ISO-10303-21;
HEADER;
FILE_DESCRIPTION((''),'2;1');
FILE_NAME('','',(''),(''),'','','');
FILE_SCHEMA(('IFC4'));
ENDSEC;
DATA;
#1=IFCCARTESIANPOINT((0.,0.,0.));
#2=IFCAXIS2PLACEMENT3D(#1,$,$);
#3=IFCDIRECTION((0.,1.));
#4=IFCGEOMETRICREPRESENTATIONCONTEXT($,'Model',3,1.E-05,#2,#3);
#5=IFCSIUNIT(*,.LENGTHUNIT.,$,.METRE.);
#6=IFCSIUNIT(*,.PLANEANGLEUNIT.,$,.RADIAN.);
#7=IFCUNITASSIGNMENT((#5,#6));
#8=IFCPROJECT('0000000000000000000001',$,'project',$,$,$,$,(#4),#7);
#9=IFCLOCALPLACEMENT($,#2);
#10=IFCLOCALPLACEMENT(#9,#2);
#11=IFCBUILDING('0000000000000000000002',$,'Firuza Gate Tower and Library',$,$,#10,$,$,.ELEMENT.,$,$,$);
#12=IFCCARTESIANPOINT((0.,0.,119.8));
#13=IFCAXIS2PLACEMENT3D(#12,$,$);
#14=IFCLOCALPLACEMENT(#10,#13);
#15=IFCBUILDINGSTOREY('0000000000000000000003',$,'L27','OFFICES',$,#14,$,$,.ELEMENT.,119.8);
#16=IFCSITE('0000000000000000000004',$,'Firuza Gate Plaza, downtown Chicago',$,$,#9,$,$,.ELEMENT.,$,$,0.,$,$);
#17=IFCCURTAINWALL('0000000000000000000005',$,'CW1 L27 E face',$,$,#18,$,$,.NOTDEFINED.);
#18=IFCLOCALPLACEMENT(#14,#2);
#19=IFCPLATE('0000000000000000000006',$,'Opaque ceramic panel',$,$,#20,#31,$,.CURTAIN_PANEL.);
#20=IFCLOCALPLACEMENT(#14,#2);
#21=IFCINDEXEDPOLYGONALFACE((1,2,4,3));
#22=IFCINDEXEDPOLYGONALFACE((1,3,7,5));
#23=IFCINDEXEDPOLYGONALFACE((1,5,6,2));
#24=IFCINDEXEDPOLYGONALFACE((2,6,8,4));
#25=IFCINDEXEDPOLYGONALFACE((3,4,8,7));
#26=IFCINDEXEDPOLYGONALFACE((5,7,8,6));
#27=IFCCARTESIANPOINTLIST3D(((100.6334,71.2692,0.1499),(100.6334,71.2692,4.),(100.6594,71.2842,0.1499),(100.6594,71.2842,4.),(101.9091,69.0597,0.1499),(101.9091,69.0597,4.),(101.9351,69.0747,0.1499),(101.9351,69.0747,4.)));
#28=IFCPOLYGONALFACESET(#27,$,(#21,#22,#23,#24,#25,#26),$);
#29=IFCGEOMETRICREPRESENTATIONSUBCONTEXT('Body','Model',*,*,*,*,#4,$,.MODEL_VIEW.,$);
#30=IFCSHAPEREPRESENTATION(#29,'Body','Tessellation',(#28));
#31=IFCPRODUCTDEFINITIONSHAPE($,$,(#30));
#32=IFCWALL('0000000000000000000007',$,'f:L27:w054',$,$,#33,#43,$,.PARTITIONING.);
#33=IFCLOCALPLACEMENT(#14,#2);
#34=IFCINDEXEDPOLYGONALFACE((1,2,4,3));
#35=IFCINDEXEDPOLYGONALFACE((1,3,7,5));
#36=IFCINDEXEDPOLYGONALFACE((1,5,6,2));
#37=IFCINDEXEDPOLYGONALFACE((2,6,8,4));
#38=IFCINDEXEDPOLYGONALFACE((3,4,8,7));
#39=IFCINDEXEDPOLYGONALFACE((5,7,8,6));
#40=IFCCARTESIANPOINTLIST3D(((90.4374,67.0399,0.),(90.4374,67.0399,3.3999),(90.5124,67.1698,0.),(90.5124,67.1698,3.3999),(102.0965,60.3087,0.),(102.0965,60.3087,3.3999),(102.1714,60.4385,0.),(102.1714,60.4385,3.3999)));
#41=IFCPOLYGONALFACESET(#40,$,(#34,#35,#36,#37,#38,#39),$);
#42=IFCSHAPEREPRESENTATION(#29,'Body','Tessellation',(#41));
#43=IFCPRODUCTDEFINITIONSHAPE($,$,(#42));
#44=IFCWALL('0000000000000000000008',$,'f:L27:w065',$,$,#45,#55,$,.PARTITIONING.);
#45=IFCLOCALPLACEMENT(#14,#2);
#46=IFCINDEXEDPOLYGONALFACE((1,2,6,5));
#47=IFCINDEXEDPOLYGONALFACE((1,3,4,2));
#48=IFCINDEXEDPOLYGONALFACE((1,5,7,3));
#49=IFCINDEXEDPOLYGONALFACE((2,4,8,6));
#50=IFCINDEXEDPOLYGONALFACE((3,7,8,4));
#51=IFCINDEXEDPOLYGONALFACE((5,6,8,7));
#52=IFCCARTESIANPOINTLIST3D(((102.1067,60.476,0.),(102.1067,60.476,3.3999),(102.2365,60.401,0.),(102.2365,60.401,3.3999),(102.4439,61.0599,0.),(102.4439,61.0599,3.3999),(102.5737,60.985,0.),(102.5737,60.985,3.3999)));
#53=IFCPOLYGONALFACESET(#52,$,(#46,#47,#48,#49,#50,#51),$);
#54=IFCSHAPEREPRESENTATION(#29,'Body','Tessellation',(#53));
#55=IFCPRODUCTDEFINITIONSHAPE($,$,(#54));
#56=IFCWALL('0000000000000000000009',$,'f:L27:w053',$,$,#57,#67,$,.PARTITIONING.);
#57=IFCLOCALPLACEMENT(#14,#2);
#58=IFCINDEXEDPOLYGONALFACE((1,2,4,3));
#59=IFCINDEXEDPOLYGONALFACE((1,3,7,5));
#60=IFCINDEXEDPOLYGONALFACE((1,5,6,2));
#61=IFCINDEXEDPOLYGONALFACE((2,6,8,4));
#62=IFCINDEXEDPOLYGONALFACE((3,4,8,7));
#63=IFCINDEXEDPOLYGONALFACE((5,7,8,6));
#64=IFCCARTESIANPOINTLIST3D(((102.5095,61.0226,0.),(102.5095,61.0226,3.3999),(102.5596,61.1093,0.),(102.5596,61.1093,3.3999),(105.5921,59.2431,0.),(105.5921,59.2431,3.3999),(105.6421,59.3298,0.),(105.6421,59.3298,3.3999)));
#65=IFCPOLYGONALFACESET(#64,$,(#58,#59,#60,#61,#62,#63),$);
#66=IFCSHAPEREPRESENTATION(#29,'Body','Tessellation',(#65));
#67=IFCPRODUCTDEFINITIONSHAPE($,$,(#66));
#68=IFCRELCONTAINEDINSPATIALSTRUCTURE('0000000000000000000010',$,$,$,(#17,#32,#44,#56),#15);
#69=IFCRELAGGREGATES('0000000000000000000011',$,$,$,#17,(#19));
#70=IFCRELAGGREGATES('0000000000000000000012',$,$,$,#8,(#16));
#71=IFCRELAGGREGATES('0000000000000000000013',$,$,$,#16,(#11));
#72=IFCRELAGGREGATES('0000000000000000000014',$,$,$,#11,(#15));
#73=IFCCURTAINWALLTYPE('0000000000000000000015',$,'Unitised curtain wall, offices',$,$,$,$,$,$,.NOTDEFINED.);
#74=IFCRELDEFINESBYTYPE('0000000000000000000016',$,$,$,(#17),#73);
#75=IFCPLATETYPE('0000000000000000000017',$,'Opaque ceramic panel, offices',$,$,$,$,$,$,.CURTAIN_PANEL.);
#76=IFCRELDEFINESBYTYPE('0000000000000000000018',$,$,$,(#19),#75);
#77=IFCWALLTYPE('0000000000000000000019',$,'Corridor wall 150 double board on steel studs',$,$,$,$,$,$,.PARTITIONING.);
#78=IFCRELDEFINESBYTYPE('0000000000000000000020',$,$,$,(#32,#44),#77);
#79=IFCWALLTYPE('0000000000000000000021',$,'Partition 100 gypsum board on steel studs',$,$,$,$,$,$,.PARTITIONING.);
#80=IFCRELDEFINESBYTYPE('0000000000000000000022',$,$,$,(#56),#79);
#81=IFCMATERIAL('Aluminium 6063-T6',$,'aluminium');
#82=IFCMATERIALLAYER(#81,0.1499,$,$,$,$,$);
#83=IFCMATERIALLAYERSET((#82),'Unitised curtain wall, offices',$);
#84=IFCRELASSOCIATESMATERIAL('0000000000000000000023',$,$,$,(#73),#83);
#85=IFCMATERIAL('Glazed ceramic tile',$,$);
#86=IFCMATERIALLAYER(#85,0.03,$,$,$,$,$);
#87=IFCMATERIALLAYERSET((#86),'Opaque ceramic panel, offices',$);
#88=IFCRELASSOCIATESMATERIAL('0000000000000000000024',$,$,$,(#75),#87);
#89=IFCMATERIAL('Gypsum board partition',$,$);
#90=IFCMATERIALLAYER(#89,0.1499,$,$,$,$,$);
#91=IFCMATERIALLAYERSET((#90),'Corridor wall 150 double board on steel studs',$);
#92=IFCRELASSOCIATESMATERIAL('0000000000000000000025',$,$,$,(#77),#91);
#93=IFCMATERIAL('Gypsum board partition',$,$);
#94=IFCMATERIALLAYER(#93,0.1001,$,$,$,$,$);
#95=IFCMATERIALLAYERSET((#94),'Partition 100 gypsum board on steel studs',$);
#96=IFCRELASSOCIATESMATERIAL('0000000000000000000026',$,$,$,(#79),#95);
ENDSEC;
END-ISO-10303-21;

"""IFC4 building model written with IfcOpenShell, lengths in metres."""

from ifc_helpers import new_model, si_unit, direction, frame, frame_2d, origin, place, context, subcontext, project, spatial, polyline, rectangle, outline, extrude, material, layer, layer_set, type_object, element, aggregate, save


model = new_model("IFC4")

# Units and contexts
model_context = context("Model", 3, precision=1e-05, world=origin(), true_north=direction((0.0, 1.0)))
body_context = subcontext(model_context, "Body", "Model", "MODEL_VIEW")
ifc_project = project(units=[si_unit("LENGTHUNIT", "METRE"), si_unit("PLANEANGLEUNIT", "RADIAN")], contexts=[model_context])

# Site, building, storey
site_placement = place(None, origin())
site = spatial("IfcSite", under=ifc_project, at=site_placement, Name="Firuza Gate Plaza, downtown Chicago", CompositionType="ELEMENT", RefElevation=0.0)
building_placement = place(site_placement, origin())
building = spatial("IfcBuilding", under=site, at=building_placement, Name="Firuza Gate Tower and Library", CompositionType="ELEMENT")
storey_placement = place(building_placement, frame((0.0, 0.0, 119.8)))
storey = spatial("IfcBuildingStorey", under=building, at=storey_placement, Name="L27", Description="OFFICES", CompositionType="ELEMENT", Elevation=119.8)

# Curtain wall
placement = place(storey_placement, origin())
ifc_material_1 = material(Name="Aluminium 6063-T6", Category="aluminium")
ifc_layer_1 = layer(ifc_material_1, 0.1499)
ifc_layer_set_1 = layer_set([ifc_layer_1], Name="Unitised curtain wall, offices")
curtain_wall_type_1 = type_object("IfcCurtainWallType", Name="Unitised curtain wall, offices", PredefinedType="NOTDEFINED", material=ifc_layer_set_1)
curtain_wall_1 = element("IfcCurtainWall", 1, at=placement, inside=storey, type_object=curtain_wall_type_1, Name="CW1 L27 E face", PredefinedType="NOTDEFINED")

# Plate
ifc_material_2 = material(Name="Glazed ceramic tile")
ifc_layer_2 = layer(ifc_material_2, 0.03)
ifc_layer_set_2 = layer_set([ifc_layer_2], Name="Opaque ceramic panel, offices")
plate_type_1 = type_object("IfcPlateType", Name="Opaque ceramic panel, offices", PredefinedType="CURTAIN_PANEL", material=ifc_layer_set_2)
plate_1_placement = place(storey_placement, frame((101.9351, 69.0747, 0.1499), z_axis=(0.866026, 0.499999, 0.0), x_axis=(-0.499999, 0.866026, 0.0)))
plate_1 = element("IfcPlate", 2, at=plate_1_placement, type_object=plate_type_1, Name="Opaque ceramic panel", PredefinedType="CURTAIN_PANEL", context=body_context, shape_type="SweptSolid", body=[
    extrude(outline(polyline([(0.0, 0.0), (2.5513, 0.0), (2.5513, 3.8501), (0.0, 3.8501), (0.0, 0.0)])), origin(), (0.0, 0.0, -1.0), 0.03),
])
aggregate(curtain_wall_1, [plate_1])

# Walls
ifc_material_3 = material(Name="Gypsum board partition")
ifc_layer_3 = layer(ifc_material_3, 0.1499)
ifc_layer_set_3 = layer_set([ifc_layer_3], Name="Corridor wall 150 double board on steel studs")
wall_type_1 = type_object("IfcWallType", Name="Corridor wall 150 double board on steel studs", PredefinedType="PARTITIONING", material=ifc_layer_set_3)
wall_1_placement = place(storey_placement, frame((102.134, 60.3735, 0.0), z_axis=(0.0, 0.0, 1.0), x_axis=(-0.866028, 0.499995, 0.0)))
element("IfcWall", 3, at=wall_1_placement, inside=storey, type_object=wall_type_1, Name="f:L27:w054", PredefinedType="PARTITIONING", context=body_context, shape_type="SweptSolid", body=[
    extrude(rectangle(XDim=13.4626, YDim=0.1499, at=frame_2d((6.7314, 0.0))), origin(), (0.0, 0.0, 1.0), 3.3999),
])
wall_2_placement = place(storey_placement, frame((102.1716, 60.4385, 0.0), z_axis=(0.0, 0.0, 1.0), x_axis=(0.499994, 0.866029, 0.0)))
element("IfcWall", 4, at=wall_2_placement, inside=storey, type_object=wall_type_1, Name="f:L27:w065", PredefinedType="PARTITIONING", context=body_context, shape_type="SweptSolid", body=[
    extrude(rectangle(XDim=0.6743, YDim=0.1499, at=frame_2d((0.3372, 0.0))), origin(), (0.0, 0.0, 1.0), 3.3999),
])
ifc_material_4 = material(Name="Gypsum board partition")
ifc_layer_4 = layer(ifc_material_4, 0.1001)
ifc_layer_set_4 = layer_set([ifc_layer_4], Name="Partition 100 gypsum board on steel studs")
wall_type_2 = type_object("IfcWallType", Name="Partition 100 gypsum board on steel studs", PredefinedType="PARTITIONING", material=ifc_layer_set_4)
wall_3_placement = place(storey_placement, frame((105.6172, 59.2864, 0.0), z_axis=(0.0, 0.0, 1.0), x_axis=(-0.866044, 0.499968, 0.0)))
element("IfcWall", 5, at=wall_3_placement, inside=storey, type_object=wall_type_2, Name="f:L27:w053", PredefinedType="PARTITIONING", context=body_context, shape_type="SweptSolid", body=[
    extrude(rectangle(XDim=3.5593, YDim=0.1001, at=frame_2d((1.7798, 0.0))), origin(), (0.0, 0.0, 1.0), 3.3999),
])

save(model, "model.ifc")
